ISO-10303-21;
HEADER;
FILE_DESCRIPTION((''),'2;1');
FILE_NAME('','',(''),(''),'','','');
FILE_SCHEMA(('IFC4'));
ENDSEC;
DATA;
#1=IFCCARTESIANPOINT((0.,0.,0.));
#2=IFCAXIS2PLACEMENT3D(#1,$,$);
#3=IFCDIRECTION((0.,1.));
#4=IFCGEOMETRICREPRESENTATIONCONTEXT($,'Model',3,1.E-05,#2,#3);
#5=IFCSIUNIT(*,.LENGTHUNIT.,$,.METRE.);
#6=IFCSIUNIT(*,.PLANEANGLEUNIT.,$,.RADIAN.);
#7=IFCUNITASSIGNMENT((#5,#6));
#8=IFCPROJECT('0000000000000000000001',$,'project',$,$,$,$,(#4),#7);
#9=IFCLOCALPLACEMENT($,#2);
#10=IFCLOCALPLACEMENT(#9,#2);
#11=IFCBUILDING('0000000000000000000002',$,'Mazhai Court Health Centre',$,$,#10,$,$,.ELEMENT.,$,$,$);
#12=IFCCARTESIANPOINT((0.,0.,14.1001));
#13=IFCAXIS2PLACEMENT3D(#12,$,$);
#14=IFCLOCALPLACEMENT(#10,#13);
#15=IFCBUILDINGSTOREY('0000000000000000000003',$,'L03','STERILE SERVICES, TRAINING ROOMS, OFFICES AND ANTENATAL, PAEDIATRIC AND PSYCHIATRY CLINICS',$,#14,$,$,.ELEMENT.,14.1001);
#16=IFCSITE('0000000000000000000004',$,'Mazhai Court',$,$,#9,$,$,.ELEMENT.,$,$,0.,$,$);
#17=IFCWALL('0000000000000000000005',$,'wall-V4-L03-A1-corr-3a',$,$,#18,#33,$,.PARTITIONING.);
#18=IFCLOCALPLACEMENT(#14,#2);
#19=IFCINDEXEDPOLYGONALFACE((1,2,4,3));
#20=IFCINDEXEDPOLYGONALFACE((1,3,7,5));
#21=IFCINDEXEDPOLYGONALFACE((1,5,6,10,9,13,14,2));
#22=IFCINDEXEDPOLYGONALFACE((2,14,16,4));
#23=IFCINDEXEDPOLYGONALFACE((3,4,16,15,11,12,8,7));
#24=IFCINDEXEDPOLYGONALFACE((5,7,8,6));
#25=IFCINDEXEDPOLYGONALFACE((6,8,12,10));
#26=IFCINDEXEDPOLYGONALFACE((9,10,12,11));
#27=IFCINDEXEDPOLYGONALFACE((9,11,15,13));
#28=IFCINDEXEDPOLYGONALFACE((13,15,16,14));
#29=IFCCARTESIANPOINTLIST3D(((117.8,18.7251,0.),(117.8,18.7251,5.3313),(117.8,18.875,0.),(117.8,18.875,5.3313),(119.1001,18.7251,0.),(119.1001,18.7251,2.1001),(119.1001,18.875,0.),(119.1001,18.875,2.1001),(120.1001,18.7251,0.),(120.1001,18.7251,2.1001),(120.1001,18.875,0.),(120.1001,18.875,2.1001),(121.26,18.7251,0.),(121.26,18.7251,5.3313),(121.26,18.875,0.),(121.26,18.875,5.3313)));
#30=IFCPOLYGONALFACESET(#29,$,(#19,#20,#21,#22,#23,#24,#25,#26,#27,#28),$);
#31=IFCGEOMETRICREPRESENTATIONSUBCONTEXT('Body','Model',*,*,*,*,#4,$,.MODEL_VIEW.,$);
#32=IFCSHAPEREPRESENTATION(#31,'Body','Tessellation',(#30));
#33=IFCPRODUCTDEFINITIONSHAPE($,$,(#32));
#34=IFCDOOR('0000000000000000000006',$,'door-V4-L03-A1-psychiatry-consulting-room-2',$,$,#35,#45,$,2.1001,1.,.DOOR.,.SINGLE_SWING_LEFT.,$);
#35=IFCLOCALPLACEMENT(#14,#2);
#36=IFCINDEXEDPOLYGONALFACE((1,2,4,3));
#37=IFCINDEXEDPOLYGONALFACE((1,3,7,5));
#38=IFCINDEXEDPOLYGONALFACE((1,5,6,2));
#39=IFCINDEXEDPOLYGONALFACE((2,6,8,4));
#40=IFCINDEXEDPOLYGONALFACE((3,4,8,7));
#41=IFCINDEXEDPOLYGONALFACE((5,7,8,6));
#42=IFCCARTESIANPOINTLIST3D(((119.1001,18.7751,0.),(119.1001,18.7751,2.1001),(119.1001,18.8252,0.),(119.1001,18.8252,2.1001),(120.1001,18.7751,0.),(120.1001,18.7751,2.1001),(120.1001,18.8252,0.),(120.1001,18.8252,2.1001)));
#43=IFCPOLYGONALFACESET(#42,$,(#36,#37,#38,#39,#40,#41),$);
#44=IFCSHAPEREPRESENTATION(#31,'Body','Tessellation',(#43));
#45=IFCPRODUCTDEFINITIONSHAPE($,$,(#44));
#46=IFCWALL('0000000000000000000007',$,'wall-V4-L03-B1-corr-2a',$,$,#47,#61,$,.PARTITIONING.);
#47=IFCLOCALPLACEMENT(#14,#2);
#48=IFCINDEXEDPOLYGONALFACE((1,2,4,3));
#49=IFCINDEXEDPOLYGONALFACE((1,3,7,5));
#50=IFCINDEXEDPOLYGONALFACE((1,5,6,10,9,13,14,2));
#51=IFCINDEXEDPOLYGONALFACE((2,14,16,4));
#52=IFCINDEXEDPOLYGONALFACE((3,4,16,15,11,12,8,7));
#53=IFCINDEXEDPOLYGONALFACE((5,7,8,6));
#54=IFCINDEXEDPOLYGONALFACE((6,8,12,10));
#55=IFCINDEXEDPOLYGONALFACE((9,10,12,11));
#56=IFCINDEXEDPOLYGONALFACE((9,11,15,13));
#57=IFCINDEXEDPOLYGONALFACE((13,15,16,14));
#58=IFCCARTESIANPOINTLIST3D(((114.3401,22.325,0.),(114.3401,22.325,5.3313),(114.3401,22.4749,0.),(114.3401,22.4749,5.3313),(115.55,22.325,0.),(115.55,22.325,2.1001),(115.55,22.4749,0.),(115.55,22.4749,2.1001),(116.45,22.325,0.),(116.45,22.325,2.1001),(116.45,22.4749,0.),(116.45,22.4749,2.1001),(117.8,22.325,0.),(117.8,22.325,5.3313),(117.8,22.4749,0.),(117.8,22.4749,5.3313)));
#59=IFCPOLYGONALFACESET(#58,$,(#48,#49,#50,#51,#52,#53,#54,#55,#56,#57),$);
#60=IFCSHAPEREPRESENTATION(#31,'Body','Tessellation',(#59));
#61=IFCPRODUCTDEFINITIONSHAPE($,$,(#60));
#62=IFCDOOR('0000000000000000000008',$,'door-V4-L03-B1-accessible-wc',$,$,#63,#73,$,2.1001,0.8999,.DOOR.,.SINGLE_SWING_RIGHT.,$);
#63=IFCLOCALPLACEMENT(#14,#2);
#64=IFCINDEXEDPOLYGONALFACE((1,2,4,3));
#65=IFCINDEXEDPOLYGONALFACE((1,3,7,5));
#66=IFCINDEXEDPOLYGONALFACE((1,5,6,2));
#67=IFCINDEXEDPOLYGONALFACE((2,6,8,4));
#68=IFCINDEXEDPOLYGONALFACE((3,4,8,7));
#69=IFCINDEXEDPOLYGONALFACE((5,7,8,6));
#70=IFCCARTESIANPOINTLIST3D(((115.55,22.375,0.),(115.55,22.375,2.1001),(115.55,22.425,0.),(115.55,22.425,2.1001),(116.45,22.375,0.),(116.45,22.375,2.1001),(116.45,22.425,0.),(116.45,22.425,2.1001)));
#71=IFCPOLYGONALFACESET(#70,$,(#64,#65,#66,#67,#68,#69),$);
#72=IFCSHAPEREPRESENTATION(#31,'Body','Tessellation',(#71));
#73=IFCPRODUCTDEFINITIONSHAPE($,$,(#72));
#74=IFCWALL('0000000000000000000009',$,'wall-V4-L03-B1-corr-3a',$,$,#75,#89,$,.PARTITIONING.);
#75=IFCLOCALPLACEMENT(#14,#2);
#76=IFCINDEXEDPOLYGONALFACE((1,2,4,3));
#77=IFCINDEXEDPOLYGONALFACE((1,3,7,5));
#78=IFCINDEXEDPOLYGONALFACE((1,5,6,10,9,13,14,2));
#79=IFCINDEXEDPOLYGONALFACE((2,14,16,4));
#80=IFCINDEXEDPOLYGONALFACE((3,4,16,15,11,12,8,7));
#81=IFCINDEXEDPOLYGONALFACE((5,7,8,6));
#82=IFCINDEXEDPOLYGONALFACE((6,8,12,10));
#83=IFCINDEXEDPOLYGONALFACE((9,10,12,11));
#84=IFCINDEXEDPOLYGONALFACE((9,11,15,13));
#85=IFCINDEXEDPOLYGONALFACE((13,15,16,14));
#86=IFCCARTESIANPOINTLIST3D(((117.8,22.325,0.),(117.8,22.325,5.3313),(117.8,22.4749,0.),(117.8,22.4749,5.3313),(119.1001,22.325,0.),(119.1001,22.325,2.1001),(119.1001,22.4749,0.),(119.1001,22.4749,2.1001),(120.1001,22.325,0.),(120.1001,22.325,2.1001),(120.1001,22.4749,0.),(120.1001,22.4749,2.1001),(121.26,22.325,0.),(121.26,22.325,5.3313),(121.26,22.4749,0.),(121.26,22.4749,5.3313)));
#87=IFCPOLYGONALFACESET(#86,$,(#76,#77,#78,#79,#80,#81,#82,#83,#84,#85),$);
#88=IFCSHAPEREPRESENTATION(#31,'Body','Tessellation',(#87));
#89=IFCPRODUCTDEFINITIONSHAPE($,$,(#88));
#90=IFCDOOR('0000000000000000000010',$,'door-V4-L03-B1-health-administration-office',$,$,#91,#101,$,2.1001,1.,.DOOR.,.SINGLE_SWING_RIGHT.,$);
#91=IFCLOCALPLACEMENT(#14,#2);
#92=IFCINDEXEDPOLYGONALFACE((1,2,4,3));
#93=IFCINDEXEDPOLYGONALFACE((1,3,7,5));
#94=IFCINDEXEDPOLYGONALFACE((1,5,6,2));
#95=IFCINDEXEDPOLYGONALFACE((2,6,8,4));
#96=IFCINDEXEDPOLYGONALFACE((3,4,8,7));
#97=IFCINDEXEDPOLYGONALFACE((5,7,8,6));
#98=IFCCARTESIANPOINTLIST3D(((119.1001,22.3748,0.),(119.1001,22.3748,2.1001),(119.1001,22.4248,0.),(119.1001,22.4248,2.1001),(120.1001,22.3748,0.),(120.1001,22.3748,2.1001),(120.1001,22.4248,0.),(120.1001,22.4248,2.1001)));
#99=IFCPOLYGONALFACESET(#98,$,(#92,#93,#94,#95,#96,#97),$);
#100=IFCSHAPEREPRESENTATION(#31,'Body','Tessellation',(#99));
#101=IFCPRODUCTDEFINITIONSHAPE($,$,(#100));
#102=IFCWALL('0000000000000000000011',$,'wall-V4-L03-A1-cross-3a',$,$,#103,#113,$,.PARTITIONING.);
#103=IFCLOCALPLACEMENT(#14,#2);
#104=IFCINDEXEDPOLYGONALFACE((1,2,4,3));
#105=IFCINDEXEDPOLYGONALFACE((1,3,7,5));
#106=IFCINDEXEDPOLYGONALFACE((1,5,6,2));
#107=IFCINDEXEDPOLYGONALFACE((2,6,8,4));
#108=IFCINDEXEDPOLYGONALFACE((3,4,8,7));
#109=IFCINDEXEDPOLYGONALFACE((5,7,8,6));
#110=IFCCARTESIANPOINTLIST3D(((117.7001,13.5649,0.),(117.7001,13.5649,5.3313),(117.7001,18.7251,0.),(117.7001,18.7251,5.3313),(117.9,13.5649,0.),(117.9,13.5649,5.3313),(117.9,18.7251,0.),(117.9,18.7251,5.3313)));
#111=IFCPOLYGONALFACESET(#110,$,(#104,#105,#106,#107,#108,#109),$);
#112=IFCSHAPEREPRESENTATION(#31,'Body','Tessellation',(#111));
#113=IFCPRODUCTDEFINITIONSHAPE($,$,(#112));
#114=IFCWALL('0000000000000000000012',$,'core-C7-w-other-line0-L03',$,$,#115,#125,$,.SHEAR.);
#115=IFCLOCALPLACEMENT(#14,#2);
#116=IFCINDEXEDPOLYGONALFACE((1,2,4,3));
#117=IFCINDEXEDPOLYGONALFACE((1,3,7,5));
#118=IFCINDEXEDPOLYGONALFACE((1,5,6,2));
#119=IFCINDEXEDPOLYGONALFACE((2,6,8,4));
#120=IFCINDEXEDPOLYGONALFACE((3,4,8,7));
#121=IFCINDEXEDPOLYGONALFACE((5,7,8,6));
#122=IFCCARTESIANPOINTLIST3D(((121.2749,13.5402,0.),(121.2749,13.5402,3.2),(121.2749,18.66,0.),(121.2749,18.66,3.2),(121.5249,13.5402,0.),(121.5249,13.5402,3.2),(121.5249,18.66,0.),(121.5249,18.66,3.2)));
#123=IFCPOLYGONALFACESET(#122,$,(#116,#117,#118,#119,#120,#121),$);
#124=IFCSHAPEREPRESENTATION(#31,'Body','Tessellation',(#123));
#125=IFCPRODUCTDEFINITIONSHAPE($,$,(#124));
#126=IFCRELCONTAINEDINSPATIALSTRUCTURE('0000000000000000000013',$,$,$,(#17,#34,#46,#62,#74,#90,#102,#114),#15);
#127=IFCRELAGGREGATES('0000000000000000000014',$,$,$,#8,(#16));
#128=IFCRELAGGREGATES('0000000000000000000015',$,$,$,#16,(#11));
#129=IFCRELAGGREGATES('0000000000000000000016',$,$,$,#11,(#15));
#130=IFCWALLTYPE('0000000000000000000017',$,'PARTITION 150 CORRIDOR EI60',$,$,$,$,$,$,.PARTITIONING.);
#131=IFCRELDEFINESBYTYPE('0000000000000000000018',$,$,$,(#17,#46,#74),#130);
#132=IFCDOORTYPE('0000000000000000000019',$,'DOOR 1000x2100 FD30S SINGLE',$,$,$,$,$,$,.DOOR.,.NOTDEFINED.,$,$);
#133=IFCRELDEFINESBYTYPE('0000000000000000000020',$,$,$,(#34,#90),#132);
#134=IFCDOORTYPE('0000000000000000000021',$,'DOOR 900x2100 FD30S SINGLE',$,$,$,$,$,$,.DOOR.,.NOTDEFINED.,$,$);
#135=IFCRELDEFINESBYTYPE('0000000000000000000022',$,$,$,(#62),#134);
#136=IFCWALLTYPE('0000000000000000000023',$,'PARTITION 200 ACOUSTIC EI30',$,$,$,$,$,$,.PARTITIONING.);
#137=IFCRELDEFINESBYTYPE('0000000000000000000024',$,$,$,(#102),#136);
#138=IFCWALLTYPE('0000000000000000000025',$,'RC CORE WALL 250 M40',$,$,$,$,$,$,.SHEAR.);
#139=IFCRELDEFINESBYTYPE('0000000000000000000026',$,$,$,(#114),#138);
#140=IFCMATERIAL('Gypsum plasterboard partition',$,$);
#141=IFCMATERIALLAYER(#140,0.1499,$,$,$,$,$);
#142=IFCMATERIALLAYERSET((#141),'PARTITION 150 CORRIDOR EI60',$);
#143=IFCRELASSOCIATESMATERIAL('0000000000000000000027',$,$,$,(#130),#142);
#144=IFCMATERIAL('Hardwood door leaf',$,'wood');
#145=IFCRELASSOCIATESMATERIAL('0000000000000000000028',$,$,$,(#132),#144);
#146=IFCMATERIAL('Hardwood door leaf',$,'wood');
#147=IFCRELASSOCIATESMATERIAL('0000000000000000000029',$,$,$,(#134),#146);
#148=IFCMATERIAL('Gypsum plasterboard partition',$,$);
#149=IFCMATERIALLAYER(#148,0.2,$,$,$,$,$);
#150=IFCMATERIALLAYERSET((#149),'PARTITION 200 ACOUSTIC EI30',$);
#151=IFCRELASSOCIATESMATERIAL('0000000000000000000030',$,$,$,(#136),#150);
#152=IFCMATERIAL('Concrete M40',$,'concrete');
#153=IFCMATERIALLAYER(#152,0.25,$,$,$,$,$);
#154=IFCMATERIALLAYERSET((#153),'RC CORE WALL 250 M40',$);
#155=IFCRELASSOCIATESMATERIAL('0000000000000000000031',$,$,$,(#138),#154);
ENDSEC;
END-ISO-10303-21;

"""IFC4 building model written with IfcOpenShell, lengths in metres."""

from ifc_helpers import new_model, si_unit, direction, frame, frame_2d, origin, place, context, subcontext, project, spatial, rectangle, extrude, material, layer, layer_set, type_object, element, fill, save


model = new_model("IFC4")

# Units and contexts
model_context = context("Model", 3, precision=1e-05, world=origin(), true_north=direction((0.0, 1.0)))
body_context = subcontext(model_context, "Body", "Model", "MODEL_VIEW")
ifc_project = project(units=[si_unit("LENGTHUNIT", "METRE"), si_unit("PLANEANGLEUNIT", "RADIAN")], contexts=[model_context])

# Site, building, storey
site_placement = place(None, origin())
site = spatial("IfcSite", under=ifc_project, at=site_placement, Name="Mazhai Court", CompositionType="ELEMENT", RefElevation=0.0)
building_placement = place(site_placement, origin())
building = spatial("IfcBuilding", under=site, at=building_placement, Name="Mazhai Court Health Centre", CompositionType="ELEMENT")
storey_placement = place(building_placement, frame((0.0, 0.0, 14.1001)))
storey = spatial("IfcBuildingStorey", under=building, at=storey_placement, Name="L03", Description="STERILE SERVICES, TRAINING ROOMS, OFFICES AND ANTENATAL, PAEDIATRIC AND PSYCHIATRY CLINICS", CompositionType="ELEMENT", Elevation=14.1001)

# Walls, openings, doors
ifc_material_1 = material(Name="Gypsum plasterboard partition")
ifc_layer_1 = layer(ifc_material_1, 0.1499)
ifc_layer_set_1 = layer_set([ifc_layer_1], Name="PARTITION 150 CORRIDOR EI60")
wall_type_1 = type_object("IfcWallType", Name="PARTITION 150 CORRIDOR EI60", PredefinedType="PARTITIONING", material=ifc_layer_set_1)
ifc_material_2 = material(Name="Hardwood door leaf", Category="wood")
door_type_1 = type_object("IfcDoorType", Name="DOOR 1000x2100 FD30S SINGLE", OperationType="NOTDEFINED", PredefinedType="DOOR", material=ifc_material_2)
wall_1_placement = place(storey_placement, frame((121.26, 18.8, 0.0), z_axis=(0.0, 0.0, 1.0), x_axis=(-1.0, 0.0, 0.0)))
wall_1 = element("IfcWall", 1, at=wall_1_placement, inside=storey, type_object=wall_type_1, Name="wall-V4-L03-A1-corr-3a", PredefinedType="PARTITIONING", context=body_context, shape_type="SweptSolid", body=[
    extrude(rectangle(XDim=3.46, YDim=0.1499, at=frame_2d((1.73, 0.0))), origin(), (0.0, 0.0, 1.0), 5.3313),
])
opening_1_placement = place(wall_1_placement, frame((1.1599, 0.0, 0.0)))
opening_1 = element("IfcOpeningElement", 2, at=opening_1_placement, cuts=wall_1, PredefinedType="OPENING", context=body_context, shape_type="SweptSolid", body=[
    extrude(rectangle(XDim=1.0, YDim=2.1001, at=frame_2d((0.5, 1.05))), frame((0.0, 0.085, 0.0), z_axis=(0.0, -1.0, 0.0), x_axis=(1.0, 0.0, 0.0)), (0.0, 0.0, 1.0), 0.1699),
])
door_1_placement = place(opening_1_placement, origin())
door_1 = element("IfcDoor", 3, at=door_1_placement, inside=storey, type_object=door_type_1, Name="door-V4-L03-A1-psychiatry-consulting-room-2", OperationType="SINGLE_SWING_LEFT", OverallHeight=2.1001, OverallWidth=1.0, PredefinedType="DOOR", context=body_context, shape_type="SweptSolid", body=[
    extrude(rectangle(XDim=1.0, YDim=2.1001, at=frame_2d((0.5, 1.05))), frame((0.0, 0.0249, 0.0), z_axis=(0.0, -1.0, 0.0), x_axis=(1.0, 0.0, 0.0)), (0.0, 0.0, 1.0), 0.05),
])
fill(opening_1, door_1)
wall_2_placement = place(storey_placement, frame((117.8, 22.3999, 0.0), z_axis=(0.0, 0.0, 1.0), x_axis=(-1.0, 0.0, 0.0)))
wall_2 = element("IfcWall", 4, at=wall_2_placement, inside=storey, type_object=wall_type_1, Name="wall-V4-L03-B1-corr-2a", PredefinedType="PARTITIONING", context=body_context, shape_type="SweptSolid", body=[
    extrude(rectangle(XDim=3.46, YDim=0.1499, at=frame_2d((1.73, 0.0))), origin(), (0.0, 0.0, 1.0), 5.3313),
])
opening_2_placement = place(wall_2_placement, frame((1.3501, 0.0, 0.0)))
opening_2 = element("IfcOpeningElement", 5, at=opening_2_placement, cuts=wall_2, PredefinedType="OPENING", context=body_context, shape_type="SweptSolid", body=[
    extrude(rectangle(XDim=0.8999, YDim=2.1001, at=frame_2d((0.45, 1.05))), frame((0.0, 0.085, 0.0), z_axis=(0.0, -1.0, 0.0), x_axis=(1.0, 0.0, 0.0)), (0.0, 0.0, 1.0), 0.1699),
])
ifc_material_3 = material(Name="Hardwood door leaf", Category="wood")
door_type_2 = type_object("IfcDoorType", Name="DOOR 900x2100 FD30S SINGLE", OperationType="NOTDEFINED", PredefinedType="DOOR", material=ifc_material_3)
door_2_placement = place(opening_2_placement, origin())
door_2 = element("IfcDoor", 6, at=door_2_placement, inside=storey, type_object=door_type_2, Name="door-V4-L03-B1-accessible-wc", OperationType="SINGLE_SWING_RIGHT", OverallHeight=2.1001, OverallWidth=0.8999, PredefinedType="DOOR", context=body_context, shape_type="SweptSolid", body=[
    extrude(rectangle(XDim=0.8999, YDim=2.1001, at=frame_2d((0.45, 1.05))), frame((0.0, 0.0249, 0.0), z_axis=(0.0, -1.0, 0.0), x_axis=(1.0, 0.0, 0.0)), (0.0, 0.0, 1.0), 0.05),
])
fill(opening_2, door_2)
wall_3_placement = place(storey_placement, frame((117.8, 22.3999, 0.0), z_axis=(0.0, 0.0, 1.0), x_axis=(1.0, 0.0, 0.0)))
wall_3 = element("IfcWall", 7, at=wall_3_placement, inside=storey, type_object=wall_type_1, Name="wall-V4-L03-B1-corr-3a", PredefinedType="PARTITIONING", context=body_context, shape_type="SweptSolid", body=[
    extrude(rectangle(XDim=3.46, YDim=0.1499, at=frame_2d((1.73, 0.0))), origin(), (0.0, 0.0, 1.0), 5.3313),
])
opening_3_placement = place(wall_3_placement, frame((1.3, 0.0, 0.0)))
opening_3 = element("IfcOpeningElement", 8, at=opening_3_placement, cuts=wall_3, PredefinedType="OPENING", context=body_context, shape_type="SweptSolid", body=[
    extrude(rectangle(XDim=1.0, YDim=2.1001, at=frame_2d((0.5, 1.05))), frame((0.0, 0.085, 0.0), z_axis=(0.0, -1.0, 0.0), x_axis=(1.0, 0.0, 0.0)), (0.0, 0.0, 1.0), 0.1699),
])
door_3_placement = place(opening_3_placement, origin())
door_3 = element("IfcDoor", 9, at=door_3_placement, inside=storey, type_object=door_type_1, Name="door-V4-L03-B1-health-administration-office", OperationType="SINGLE_SWING_RIGHT", OverallHeight=2.1001, OverallWidth=1.0, PredefinedType="DOOR", context=body_context, shape_type="SweptSolid", body=[
    extrude(rectangle(XDim=1.0, YDim=2.1001, at=frame_2d((0.5, 1.05))), frame((0.0, 0.0249, 0.0), z_axis=(0.0, -1.0, 0.0), x_axis=(1.0, 0.0, 0.0)), (0.0, 0.0, 1.0), 0.05),
])
fill(opening_3, door_3)

# Walls
ifc_material_4 = material(Name="Gypsum plasterboard partition")
ifc_layer_2 = layer(ifc_material_4, 0.2)
ifc_layer_set_2 = layer_set([ifc_layer_2], Name="PARTITION 200 ACOUSTIC EI30")
wall_type_2 = type_object("IfcWallType", Name="PARTITION 200 ACOUSTIC EI30", PredefinedType="PARTITIONING", material=ifc_layer_set_2)
wall_4_placement = place(storey_placement, frame((117.8, 13.5649, 0.0), z_axis=(0.0, 0.0, 1.0), x_axis=(0.0, 1.0, 0.0)))
element("IfcWall", 10, at=wall_4_placement, inside=storey, type_object=wall_type_2, Name="wall-V4-L03-A1-cross-3a", PredefinedType="PARTITIONING", context=body_context, shape_type="SweptSolid", body=[
    extrude(rectangle(XDim=5.1602, YDim=0.2, at=frame_2d((2.5801, 0.0))), origin(), (0.0, 0.0, 1.0), 5.3313),
])
ifc_material_5 = material(Name="Concrete M40", Category="concrete")
ifc_layer_3 = layer(ifc_material_5, 0.25)
ifc_layer_set_3 = layer_set([ifc_layer_3], Name="RC CORE WALL 250 M40")
wall_type_3 = type_object("IfcWallType", Name="RC CORE WALL 250 M40", PredefinedType="SHEAR", material=ifc_layer_set_3)
wall_5_placement = place(storey_placement, frame((121.3999, 13.54, 0.0), z_axis=(0.0, 0.0, 1.0), x_axis=(0.0, 1.0, 0.0)))
element("IfcWall", 11, at=wall_5_placement, inside=storey, type_object=wall_type_3, Name="core-C7-w-other-line0-L03", PredefinedType="SHEAR", context=body_context, shape_type="SweptSolid", body=[
    extrude(rectangle(XDim=5.1199, YDim=0.25, at=frame_2d((2.5601, 0.0))), origin(), (0.0, 0.0, 1.0), 3.2),
])

save(model, "model.ifc")
